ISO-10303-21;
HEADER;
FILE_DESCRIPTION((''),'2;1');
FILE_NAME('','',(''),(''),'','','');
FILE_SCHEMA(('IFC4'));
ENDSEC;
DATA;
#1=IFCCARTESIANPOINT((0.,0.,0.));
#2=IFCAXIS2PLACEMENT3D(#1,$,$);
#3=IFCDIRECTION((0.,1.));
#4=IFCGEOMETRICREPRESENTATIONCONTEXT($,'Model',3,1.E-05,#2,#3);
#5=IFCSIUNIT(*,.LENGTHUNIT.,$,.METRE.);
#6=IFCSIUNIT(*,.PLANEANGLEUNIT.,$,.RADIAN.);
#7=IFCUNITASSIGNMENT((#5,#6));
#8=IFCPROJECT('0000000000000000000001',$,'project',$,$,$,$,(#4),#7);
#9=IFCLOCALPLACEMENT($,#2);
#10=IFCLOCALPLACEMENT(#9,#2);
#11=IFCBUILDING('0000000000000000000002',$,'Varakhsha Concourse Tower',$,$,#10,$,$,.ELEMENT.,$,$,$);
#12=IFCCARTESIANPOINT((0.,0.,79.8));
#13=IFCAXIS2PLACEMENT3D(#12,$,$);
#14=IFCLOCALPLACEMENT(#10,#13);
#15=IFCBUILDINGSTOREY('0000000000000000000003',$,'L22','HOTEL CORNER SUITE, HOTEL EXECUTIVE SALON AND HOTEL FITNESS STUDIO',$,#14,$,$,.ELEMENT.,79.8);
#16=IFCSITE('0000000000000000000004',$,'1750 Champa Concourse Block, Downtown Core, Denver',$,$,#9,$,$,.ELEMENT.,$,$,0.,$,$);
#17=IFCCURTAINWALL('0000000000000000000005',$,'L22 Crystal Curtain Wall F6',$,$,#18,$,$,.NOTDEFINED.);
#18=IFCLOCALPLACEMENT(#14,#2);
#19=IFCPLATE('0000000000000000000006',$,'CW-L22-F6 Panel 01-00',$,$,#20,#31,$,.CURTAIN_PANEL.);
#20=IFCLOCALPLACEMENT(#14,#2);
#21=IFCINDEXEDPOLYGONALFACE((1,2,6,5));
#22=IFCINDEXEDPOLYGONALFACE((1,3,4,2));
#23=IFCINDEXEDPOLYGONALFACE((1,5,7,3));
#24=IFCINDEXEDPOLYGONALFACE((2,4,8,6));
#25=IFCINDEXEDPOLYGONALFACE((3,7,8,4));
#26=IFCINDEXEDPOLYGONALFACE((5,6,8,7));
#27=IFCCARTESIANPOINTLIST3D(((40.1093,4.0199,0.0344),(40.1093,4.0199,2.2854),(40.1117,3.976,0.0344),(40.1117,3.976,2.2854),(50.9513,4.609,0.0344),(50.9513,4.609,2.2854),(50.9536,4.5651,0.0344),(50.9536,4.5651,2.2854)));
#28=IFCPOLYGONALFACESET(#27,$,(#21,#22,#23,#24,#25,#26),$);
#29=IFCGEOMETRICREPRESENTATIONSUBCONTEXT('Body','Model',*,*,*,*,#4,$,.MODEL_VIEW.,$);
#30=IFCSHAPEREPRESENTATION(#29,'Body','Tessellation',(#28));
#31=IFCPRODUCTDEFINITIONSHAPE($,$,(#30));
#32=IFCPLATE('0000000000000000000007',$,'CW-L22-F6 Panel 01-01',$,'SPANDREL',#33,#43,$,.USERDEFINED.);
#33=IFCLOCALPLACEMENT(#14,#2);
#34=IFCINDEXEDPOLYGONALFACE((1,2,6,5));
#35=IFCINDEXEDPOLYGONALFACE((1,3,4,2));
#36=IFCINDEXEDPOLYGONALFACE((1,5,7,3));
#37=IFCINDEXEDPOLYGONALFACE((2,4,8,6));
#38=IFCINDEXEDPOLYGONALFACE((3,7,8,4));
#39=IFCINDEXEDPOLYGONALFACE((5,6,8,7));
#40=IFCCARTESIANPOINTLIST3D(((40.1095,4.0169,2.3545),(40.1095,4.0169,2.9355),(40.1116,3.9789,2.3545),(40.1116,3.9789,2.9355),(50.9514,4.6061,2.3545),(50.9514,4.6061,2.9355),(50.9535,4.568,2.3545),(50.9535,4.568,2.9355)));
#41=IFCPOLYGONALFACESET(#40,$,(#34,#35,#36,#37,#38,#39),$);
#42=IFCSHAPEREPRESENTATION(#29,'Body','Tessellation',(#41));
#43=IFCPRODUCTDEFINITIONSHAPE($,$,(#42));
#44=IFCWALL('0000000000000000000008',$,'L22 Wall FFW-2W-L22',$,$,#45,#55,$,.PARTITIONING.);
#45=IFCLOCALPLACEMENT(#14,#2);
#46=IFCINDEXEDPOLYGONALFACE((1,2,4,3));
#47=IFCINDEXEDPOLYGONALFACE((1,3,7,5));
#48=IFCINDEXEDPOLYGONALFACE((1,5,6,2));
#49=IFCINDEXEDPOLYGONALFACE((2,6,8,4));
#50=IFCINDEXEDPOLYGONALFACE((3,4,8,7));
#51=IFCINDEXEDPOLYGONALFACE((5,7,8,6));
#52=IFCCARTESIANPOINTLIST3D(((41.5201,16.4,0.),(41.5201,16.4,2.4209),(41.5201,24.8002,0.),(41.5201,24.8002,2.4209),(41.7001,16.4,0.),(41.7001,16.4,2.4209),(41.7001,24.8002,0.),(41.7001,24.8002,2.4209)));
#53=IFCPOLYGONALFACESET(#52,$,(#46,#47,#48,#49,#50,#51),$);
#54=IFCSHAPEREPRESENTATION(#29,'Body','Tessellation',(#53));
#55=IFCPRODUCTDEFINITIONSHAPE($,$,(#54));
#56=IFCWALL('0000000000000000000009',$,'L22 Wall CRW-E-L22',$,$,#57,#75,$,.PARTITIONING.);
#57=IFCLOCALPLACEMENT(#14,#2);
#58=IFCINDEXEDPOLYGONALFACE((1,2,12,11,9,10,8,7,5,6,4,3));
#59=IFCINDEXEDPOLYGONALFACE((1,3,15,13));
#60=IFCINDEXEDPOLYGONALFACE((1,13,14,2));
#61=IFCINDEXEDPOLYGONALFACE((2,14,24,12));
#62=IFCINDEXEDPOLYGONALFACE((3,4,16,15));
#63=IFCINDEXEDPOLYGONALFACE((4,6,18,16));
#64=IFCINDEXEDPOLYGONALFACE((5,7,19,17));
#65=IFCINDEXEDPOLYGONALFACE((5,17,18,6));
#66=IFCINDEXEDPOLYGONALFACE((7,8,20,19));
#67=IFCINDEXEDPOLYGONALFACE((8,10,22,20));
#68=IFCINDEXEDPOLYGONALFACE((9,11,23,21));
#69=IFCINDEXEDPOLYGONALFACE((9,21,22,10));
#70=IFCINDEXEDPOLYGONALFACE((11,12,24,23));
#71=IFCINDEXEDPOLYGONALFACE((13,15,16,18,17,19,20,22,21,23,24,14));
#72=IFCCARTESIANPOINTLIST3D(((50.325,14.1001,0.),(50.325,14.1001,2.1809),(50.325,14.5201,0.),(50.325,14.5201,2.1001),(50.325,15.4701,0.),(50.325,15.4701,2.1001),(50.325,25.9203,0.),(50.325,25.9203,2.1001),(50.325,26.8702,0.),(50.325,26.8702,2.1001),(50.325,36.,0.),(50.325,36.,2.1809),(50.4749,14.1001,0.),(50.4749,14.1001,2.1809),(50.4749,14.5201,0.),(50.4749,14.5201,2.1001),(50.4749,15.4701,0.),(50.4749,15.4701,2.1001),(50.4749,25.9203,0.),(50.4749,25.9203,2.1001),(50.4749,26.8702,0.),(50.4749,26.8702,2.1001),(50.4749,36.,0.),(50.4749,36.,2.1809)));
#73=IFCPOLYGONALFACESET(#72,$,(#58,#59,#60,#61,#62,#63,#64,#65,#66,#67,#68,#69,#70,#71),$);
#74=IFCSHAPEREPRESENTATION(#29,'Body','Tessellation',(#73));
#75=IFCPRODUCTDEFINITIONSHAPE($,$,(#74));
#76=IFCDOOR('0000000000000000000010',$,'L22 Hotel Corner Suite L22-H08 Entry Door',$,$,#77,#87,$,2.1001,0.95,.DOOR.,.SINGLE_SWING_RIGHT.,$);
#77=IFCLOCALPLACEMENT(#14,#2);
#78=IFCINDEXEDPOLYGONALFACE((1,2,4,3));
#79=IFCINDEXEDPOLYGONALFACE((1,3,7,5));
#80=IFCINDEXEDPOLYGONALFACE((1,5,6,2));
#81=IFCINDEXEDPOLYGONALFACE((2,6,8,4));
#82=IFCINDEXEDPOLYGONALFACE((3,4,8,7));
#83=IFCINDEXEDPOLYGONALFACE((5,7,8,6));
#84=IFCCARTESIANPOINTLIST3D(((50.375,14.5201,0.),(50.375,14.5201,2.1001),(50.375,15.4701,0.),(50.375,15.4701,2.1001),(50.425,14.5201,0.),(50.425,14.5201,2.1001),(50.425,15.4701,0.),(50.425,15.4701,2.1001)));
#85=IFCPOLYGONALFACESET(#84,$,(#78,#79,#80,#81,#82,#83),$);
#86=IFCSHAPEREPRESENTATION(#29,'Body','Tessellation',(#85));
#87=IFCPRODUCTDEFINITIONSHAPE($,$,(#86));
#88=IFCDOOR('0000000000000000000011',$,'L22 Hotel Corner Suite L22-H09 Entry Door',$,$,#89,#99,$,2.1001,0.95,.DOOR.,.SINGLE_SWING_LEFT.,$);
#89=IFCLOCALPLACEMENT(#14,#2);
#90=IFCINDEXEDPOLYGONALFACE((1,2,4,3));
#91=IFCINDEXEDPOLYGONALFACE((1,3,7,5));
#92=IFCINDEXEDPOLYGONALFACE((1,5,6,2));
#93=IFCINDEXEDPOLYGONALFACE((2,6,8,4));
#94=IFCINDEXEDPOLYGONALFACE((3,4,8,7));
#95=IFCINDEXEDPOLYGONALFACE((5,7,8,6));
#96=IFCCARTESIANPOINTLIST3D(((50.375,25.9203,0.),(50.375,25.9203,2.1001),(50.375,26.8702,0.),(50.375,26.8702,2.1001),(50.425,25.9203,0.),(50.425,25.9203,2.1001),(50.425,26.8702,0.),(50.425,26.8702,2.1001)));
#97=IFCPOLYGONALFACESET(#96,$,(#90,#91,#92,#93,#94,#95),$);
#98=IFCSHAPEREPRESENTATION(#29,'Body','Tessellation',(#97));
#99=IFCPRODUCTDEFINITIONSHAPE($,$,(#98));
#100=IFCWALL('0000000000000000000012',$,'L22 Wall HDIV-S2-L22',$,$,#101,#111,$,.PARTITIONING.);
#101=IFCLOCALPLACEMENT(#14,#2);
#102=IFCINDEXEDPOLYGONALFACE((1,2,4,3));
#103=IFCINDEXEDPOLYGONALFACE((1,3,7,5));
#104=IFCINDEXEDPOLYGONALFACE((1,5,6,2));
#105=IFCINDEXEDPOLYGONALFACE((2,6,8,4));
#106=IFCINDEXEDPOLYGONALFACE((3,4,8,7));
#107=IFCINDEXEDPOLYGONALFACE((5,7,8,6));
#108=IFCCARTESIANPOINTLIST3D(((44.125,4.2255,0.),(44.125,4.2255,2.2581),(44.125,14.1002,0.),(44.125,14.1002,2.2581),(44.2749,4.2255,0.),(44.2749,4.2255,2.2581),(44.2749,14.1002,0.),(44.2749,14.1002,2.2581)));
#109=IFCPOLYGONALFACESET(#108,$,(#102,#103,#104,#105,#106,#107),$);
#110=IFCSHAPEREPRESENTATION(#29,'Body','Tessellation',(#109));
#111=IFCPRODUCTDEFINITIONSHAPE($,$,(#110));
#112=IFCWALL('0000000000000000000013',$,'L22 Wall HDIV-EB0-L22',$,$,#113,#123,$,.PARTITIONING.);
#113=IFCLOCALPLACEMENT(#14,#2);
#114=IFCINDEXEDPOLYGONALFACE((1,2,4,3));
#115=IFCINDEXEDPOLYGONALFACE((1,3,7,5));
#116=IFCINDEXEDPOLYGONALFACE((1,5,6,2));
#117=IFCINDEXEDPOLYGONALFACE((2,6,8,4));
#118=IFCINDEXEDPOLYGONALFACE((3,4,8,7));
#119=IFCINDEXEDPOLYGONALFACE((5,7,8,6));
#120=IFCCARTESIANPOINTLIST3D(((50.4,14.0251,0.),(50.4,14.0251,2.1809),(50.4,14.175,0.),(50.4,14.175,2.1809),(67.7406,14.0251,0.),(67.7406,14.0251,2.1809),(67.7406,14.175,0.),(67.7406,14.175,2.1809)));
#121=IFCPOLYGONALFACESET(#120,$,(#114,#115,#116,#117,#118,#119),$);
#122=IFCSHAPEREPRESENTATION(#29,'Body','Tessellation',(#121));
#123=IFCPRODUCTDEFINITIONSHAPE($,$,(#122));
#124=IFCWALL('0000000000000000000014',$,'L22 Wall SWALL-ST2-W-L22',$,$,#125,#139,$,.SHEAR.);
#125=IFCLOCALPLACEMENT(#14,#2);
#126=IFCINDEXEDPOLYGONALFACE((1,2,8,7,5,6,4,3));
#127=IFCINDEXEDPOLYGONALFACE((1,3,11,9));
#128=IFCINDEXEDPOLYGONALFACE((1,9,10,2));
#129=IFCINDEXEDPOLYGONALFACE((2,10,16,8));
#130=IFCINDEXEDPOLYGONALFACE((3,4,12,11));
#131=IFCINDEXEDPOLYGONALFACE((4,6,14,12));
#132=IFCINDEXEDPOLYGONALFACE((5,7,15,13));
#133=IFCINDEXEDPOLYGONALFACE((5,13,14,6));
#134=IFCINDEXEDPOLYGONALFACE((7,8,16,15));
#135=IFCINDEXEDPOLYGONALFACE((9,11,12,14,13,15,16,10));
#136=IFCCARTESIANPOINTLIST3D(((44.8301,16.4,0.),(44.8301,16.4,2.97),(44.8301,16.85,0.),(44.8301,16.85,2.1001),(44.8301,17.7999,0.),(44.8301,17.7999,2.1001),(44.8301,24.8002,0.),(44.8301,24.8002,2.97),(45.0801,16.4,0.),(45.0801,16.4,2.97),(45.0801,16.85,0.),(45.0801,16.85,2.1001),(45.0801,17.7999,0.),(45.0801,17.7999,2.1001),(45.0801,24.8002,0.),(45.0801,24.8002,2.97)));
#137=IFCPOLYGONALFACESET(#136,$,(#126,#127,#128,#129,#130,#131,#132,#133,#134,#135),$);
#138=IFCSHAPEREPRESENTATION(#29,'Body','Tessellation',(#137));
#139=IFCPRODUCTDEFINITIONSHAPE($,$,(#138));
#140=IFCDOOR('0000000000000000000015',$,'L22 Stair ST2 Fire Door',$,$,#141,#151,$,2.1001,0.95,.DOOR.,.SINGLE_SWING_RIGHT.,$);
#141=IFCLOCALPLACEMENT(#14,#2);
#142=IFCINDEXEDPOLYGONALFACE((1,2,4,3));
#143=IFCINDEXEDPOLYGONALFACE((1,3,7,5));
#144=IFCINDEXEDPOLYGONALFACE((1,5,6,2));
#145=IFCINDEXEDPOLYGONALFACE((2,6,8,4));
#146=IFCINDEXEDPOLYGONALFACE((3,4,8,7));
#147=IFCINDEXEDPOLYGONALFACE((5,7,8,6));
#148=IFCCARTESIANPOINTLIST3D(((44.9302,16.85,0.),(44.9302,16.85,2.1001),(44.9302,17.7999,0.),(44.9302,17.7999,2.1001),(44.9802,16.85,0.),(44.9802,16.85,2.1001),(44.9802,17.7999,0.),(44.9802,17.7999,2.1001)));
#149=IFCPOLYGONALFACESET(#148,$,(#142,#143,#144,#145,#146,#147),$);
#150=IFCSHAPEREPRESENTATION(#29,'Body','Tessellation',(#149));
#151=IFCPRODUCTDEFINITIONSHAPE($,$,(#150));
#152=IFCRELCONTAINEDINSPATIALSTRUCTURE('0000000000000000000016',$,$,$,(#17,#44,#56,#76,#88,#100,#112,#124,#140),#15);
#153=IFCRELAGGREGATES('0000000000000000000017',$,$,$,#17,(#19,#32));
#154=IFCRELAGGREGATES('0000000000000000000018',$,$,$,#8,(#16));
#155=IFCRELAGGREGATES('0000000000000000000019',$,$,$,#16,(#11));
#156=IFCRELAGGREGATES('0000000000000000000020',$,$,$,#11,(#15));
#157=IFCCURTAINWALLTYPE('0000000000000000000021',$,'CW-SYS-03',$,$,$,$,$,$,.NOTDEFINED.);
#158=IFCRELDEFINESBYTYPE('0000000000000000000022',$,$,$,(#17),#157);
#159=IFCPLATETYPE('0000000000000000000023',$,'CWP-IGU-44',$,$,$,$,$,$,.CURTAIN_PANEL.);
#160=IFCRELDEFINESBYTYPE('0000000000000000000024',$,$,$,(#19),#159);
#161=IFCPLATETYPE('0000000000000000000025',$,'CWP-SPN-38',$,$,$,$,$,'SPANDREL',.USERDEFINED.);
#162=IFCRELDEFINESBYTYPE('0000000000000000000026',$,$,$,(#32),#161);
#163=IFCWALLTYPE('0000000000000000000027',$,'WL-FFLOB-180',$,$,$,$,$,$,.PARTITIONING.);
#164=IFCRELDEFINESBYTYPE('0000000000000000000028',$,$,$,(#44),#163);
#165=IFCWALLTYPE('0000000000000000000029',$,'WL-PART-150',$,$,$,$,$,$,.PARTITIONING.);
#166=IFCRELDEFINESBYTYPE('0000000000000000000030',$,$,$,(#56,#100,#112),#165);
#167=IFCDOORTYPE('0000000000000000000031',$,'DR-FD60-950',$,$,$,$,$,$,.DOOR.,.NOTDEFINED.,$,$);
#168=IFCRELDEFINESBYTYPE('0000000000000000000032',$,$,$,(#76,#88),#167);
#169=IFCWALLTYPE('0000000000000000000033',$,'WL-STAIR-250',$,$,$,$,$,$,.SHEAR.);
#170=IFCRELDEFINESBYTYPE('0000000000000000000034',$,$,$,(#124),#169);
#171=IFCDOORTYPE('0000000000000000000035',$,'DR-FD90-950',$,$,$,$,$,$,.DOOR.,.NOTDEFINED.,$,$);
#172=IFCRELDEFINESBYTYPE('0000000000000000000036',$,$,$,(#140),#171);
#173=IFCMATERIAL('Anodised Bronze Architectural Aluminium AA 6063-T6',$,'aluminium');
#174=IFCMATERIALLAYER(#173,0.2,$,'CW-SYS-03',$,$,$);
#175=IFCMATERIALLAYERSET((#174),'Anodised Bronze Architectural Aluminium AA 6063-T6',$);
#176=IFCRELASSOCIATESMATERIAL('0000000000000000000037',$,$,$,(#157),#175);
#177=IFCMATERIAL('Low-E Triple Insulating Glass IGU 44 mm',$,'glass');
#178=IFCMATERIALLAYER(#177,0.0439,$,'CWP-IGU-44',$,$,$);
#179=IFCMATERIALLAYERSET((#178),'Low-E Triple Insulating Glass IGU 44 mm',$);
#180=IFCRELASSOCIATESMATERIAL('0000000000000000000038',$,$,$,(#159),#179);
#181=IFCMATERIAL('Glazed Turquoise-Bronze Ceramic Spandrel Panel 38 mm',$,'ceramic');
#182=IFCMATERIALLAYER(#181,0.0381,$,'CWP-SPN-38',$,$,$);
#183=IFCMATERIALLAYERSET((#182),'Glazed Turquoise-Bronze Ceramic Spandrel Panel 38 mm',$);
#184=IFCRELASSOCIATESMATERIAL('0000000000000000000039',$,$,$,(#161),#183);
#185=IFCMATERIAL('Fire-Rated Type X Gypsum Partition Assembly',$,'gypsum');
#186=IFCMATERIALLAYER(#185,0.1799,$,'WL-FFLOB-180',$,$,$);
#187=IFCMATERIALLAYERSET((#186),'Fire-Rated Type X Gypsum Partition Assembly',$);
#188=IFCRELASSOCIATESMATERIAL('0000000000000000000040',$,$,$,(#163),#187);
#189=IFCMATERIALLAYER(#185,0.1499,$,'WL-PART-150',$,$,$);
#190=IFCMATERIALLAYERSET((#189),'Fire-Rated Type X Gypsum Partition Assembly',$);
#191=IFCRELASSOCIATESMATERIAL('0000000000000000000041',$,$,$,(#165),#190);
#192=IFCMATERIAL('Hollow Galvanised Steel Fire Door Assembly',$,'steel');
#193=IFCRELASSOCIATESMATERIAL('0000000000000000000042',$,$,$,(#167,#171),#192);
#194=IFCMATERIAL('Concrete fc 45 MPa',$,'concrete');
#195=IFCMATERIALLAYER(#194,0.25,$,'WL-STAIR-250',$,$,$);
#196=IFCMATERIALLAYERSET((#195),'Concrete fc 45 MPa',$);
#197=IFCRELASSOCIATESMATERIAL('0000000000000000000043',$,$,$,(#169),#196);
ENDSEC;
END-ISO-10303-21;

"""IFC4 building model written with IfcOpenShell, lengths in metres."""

from ifc_helpers import new_model, si_unit, direction, frame, frame_2d, origin, origin_2d, place, context, subcontext, project, spatial, rectangle, extrude, source, transform, mapped, material, layer, layer_set, type_object, type_shapes, element, fill, aggregate, save


model = new_model("IFC4")

# Units and contexts
model_context = context("Model", 3, precision=1e-05, world=origin(), true_north=direction((0.0, 1.0)))
body_context = subcontext(model_context, "Body", "Model", "MODEL_VIEW")
ifc_project = project(units=[si_unit("LENGTHUNIT", "METRE"), si_unit("PLANEANGLEUNIT", "RADIAN")], contexts=[model_context])

# Site, building, storey
site_placement = place(None, origin())
site = spatial("IfcSite", under=ifc_project, at=site_placement, Name="1750 Champa Concourse Block, Downtown Core, Denver", CompositionType="ELEMENT", RefElevation=0.0)
building_placement = place(site_placement, origin())
building = spatial("IfcBuilding", under=site, at=building_placement, Name="Varakhsha Concourse Tower", CompositionType="ELEMENT")
storey_placement = place(building_placement, frame((0.0, 0.0, 79.8)))
storey = spatial("IfcBuildingStorey", under=building, at=storey_placement, Name="L22", Description="HOTEL CORNER SUITE, HOTEL EXECUTIVE SALON AND HOTEL FITNESS STUDIO", CompositionType="ELEMENT", Elevation=79.8)

# Shared definitions
ifc_material_1 = material(Name="Anodised Bronze Architectural Aluminium AA 6063-T6", Category="aluminium")
ifc_layer_1 = layer(ifc_material_1, 0.2, Name="CW-SYS-03")
ifc_layer_set_1 = layer_set([ifc_layer_1], Name="Anodised Bronze Architectural Aluminium AA 6063-T6")
curtain_wall_type = type_object("IfcCurtainWallType", Name="CW-SYS-03", PredefinedType="NOTDEFINED", material=ifc_layer_set_1)

# Curtain wall, plates
curtain_wall_1_placement = place(storey_placement, origin())
curtain_wall_1 = element("IfcCurtainWall", 1, at=curtain_wall_1_placement, inside=storey, type_object=curtain_wall_type, Name="L22 Crystal Curtain Wall F6", PredefinedType="NOTDEFINED")
ifc_material_2 = material(Name="Low-E Triple Insulating Glass IGU 44 mm", Category="glass")
ifc_layer_2 = layer(ifc_material_2, 0.0439, Name="CWP-IGU-44")
ifc_layer_set_2 = layer_set([ifc_layer_2], Name="Low-E Triple Insulating Glass IGU 44 mm")
plate_type_1 = type_object("IfcPlateType", Name="CWP-IGU-44", PredefinedType="CURTAIN_PANEL", material=ifc_layer_set_2)
shared_shape_1 = source(origin(), body_context, "Body", "SweptSolid", [
    extrude(rectangle(XDim=10.8579, YDim=0.0439, at=origin_2d()), origin(), (0.0, 0.0, 1.0), 2.251),
])
type_shapes(plate_type_1, [shared_shape_1])
plate_1_placement = place(storey_placement, frame((45.5315, 4.2925, 0.0344), z_axis=(0.0, 0.0, 1.0), x_axis=(-0.998527, -0.054257, 0.0)))
plate_1 = element("IfcPlate", 2, at=plate_1_placement, type_object=plate_type_1, Name="CW-L22-F6 Panel 01-00", PredefinedType="CURTAIN_PANEL", context=body_context, shape_type="MappedRepresentation", body=[
    mapped(shared_shape_1, transform((0.0, 0.0, 0.0), scale=1.0)),
])
ifc_material_3 = material(Name="Glazed Turquoise-Bronze Ceramic Spandrel Panel 38 mm", Category="ceramic")
ifc_layer_3 = layer(ifc_material_3, 0.0381, Name="CWP-SPN-38")
ifc_layer_set_3 = layer_set([ifc_layer_3], Name="Glazed Turquoise-Bronze Ceramic Spandrel Panel 38 mm")
plate_type_2 = type_object("IfcPlateType", Name="CWP-SPN-38", ElementType="SPANDREL", PredefinedType="USERDEFINED", material=ifc_layer_set_3)
shared_shape_2 = source(origin(), body_context, "Body", "SweptSolid", [
    extrude(rectangle(XDim=10.8579, YDim=0.0381, at=origin_2d()), origin(), (0.0, 0.0, 1.0), 0.5811),
])
type_shapes(plate_type_2, [shared_shape_2])
plate_2_placement = place(storey_placement, frame((45.5315, 4.2925, 2.3545), z_axis=(0.0, 0.0, 1.0), x_axis=(-0.998527, -0.054257, 0.0)))
plate_2 = element("IfcPlate", 3, at=plate_2_placement, type_object=plate_type_2, Name="CW-L22-F6 Panel 01-01", ObjectType="SPANDREL", PredefinedType="USERDEFINED", context=body_context, shape_type="MappedRepresentation", body=[
    mapped(shared_shape_2, transform((0.0, 0.0, 0.0), scale=1.0)),
])
aggregate(curtain_wall_1, [plate_1, plate_2])

# Wall
ifc_material_4 = material(Name="Fire-Rated Type X Gypsum Partition Assembly", Category="gypsum")
ifc_layer_4 = layer(ifc_material_4, 0.1799, Name="WL-FFLOB-180")
ifc_layer_set_4 = layer_set([ifc_layer_4], Name="Fire-Rated Type X Gypsum Partition Assembly")
wall_type_1 = type_object("IfcWallType", Name="WL-FFLOB-180", PredefinedType="PARTITIONING", material=ifc_layer_set_4)
wall_1_placement = place(storey_placement, frame((41.6101, 16.3999, 0.0), z_axis=(0.0, 0.0, 1.0), x_axis=(0.0, 1.0, 0.0)))
element("IfcWall", 4, at=wall_1_placement, inside=storey, type_object=wall_type_1, Name="L22 Wall FFW-2W-L22", PredefinedType="PARTITIONING", context=body_context, shape_type="SweptSolid", body=[
    extrude(rectangle(XDim=8.4001, YDim=0.1799, at=frame_2d((4.2002, 0.0))), origin(), (0.0, 0.0, 1.0), 2.4209),
])

# Wall, openings, doors
ifc_layer_5 = layer(ifc_material_4, 0.1499, Name="WL-PART-150")
ifc_layer_set_5 = layer_set([ifc_layer_5], Name="Fire-Rated Type X Gypsum Partition Assembly")
wall_type_2 = type_object("IfcWallType", Name="WL-PART-150", PredefinedType="PARTITIONING", material=ifc_layer_set_5)
wall_2_placement = place(storey_placement, frame((50.3999, 14.1001, 0.0), z_axis=(0.0, 0.0, 1.0), x_axis=(0.0, 1.0, 0.0)))
wall_2 = element("IfcWall", 5, at=wall_2_placement, inside=storey, type_object=wall_type_2, Name="L22 Wall CRW-E-L22", PredefinedType="PARTITIONING", context=body_context, shape_type="SweptSolid", body=[
    extrude(rectangle(XDim=21.8999, YDim=0.1499, at=frame_2d((10.95, 0.0))), origin(), (0.0, 0.0, 1.0), 2.1809),
])
opening_1_placement = place(wall_2_placement, frame((0.4199, 0.0, 0.0)))
opening_1 = element("IfcOpeningElement", 6, at=opening_1_placement, cuts=wall_2, PredefinedType="OPENING", context=body_context, shape_type="SweptSolid", body=[
    extrude(rectangle(XDim=0.95, YDim=2.1001, at=frame_2d((0.4751, 1.05))), frame((0.0, 0.085, 0.0), z_axis=(0.0, -1.0, 0.0), x_axis=(1.0, 0.0, 0.0)), (0.0, 0.0, 1.0), 0.1699),
])
opening_2_placement = place(wall_2_placement, frame((11.8201, 0.0, 0.0)))
opening_2 = element("IfcOpeningElement", 7, at=opening_2_placement, cuts=wall_2, PredefinedType="OPENING", context=body_context, shape_type="SweptSolid", body=[
    extrude(rectangle(XDim=0.95, YDim=2.1001, at=frame_2d((0.4751, 1.05))), frame((0.0, 0.085, 0.0), z_axis=(0.0, -1.0, 0.0), x_axis=(1.0, 0.0, 0.0)), (0.0, 0.0, 1.0), 0.1699),
])
ifc_material_5 = material(Name="Hollow Galvanised Steel Fire Door Assembly", Category="steel")
door_type_1 = type_object("IfcDoorType", Name="DR-FD60-950", OperationType="NOTDEFINED", PredefinedType="DOOR", material=ifc_material_5)
door_1_placement = place(opening_1_placement, origin())
door_1 = element("IfcDoor", 8, at=door_1_placement, inside=storey, type_object=door_type_1, Name="L22 Hotel Corner Suite L22-H08 Entry Door", OperationType="SINGLE_SWING_RIGHT", OverallHeight=2.1001, OverallWidth=0.95, PredefinedType="DOOR", context=body_context, shape_type="SweptSolid", body=[
    extrude(rectangle(XDim=0.95, YDim=2.1001, at=frame_2d((0.4751, 1.05))), frame((0.0, 0.0249, 0.0), z_axis=(0.0, -1.0, 0.0), x_axis=(1.0, 0.0, 0.0)), (0.0, 0.0, 1.0), 0.05),
])
fill(opening_1, door_1)
door_2_placement = place(opening_2_placement, origin())
door_2 = element("IfcDoor", 9, at=door_2_placement, inside=storey, type_object=door_type_1, Name="L22 Hotel Corner Suite L22-H09 Entry Door", OperationType="SINGLE_SWING_LEFT", OverallHeight=2.1001, OverallWidth=0.95, PredefinedType="DOOR", context=body_context, shape_type="SweptSolid", body=[
    extrude(rectangle(XDim=0.95, YDim=2.1001, at=frame_2d((0.4751, 1.05))), frame((0.0, 0.0249, 0.0), z_axis=(0.0, -1.0, 0.0), x_axis=(1.0, 0.0, 0.0)), (0.0, 0.0, 1.0), 0.05),
])
fill(opening_2, door_2)

# Walls
wall_3_placement = place(storey_placement, frame((44.2, 4.2253, 0.0), z_axis=(0.0, 0.0, 1.0), x_axis=(0.0, 1.0, 0.0)))
element("IfcWall", 10, at=wall_3_placement, inside=storey, type_object=wall_type_2, Name="L22 Wall HDIV-S2-L22", PredefinedType="PARTITIONING", context=body_context, shape_type="SweptSolid", body=[
    extrude(rectangle(XDim=9.8748, YDim=0.1499, at=frame_2d((4.9375, 0.0))), origin(), (0.0, 0.0, 1.0), 2.2581),
])
wall_4_placement = place(storey_placement, frame((50.3999, 14.1001, 0.0), z_axis=(0.0, 0.0, 1.0), x_axis=(1.0, 0.0, 0.0)))
element("IfcWall", 11, at=wall_4_placement, inside=storey, type_object=wall_type_2, Name="L22 Wall HDIV-EB0-L22", PredefinedType="PARTITIONING", context=body_context, shape_type="SweptSolid", body=[
    extrude(rectangle(XDim=17.3406, YDim=0.1499, at=frame_2d((8.6704, 0.0))), origin(), (0.0, 0.0, 1.0), 2.1809),
])

# Wall, opening, door
ifc_material_6 = material(Name="Concrete fc 45 MPa", Category="concrete")
ifc_layer_6 = layer(ifc_material_6, 0.25, Name="WL-STAIR-250")
ifc_layer_set_6 = layer_set([ifc_layer_6], Name="Concrete fc 45 MPa")
wall_type_3 = type_object("IfcWallType", Name="WL-STAIR-250", PredefinedType="SHEAR", material=ifc_layer_set_6)
wall_5_placement = place(storey_placement, frame((44.9551, 16.3999, 0.0), z_axis=(0.0, 0.0, 1.0), x_axis=(0.0, 1.0, 0.0)))
wall_5 = element("IfcWall", 12, at=wall_5_placement, inside=storey, type_object=wall_type_3, Name="L22 Wall SWALL-ST2-W-L22", PredefinedType="SHEAR", context=body_context, shape_type="SweptSolid", body=[
    extrude(rectangle(XDim=8.4001, YDim=0.25, at=frame_2d((4.2002, 0.0))), origin(), (0.0, 0.0, 1.0), 2.97),
])
opening_3_placement = place(wall_5_placement, frame((0.45, 0.0, 0.0)))
opening_3 = element("IfcOpeningElement", 13, at=opening_3_placement, cuts=wall_5, PredefinedType="OPENING", context=body_context, shape_type="SweptSolid", body=[
    extrude(rectangle(XDim=0.95, YDim=2.1001, at=frame_2d((0.4751, 1.05))), frame((0.0, 0.135, 0.0), z_axis=(0.0, -1.0, 0.0), x_axis=(1.0, 0.0, 0.0)), (0.0, 0.0, 1.0), 0.27),
])
door_type_2 = type_object("IfcDoorType", Name="DR-FD90-950", OperationType="NOTDEFINED", PredefinedType="DOOR", material=ifc_material_5)
door_3_placement = place(opening_3_placement, origin())
door_3 = element("IfcDoor", 14, at=door_3_placement, inside=storey, type_object=door_type_2, Name="L22 Stair ST2 Fire Door", OperationType="SINGLE_SWING_RIGHT", OverallHeight=2.1001, OverallWidth=0.95, PredefinedType="DOOR", context=body_context, shape_type="SweptSolid", body=[
    extrude(rectangle(XDim=0.95, YDim=2.1001, at=frame_2d((0.4751, 1.05))), frame((0.0, 0.0249, 0.0), z_axis=(0.0, -1.0, 0.0), x_axis=(1.0, 0.0, 0.0)), (0.0, 0.0, 1.0), 0.05),
])
fill(opening_3, door_3)

save(model, "model.ifc")
